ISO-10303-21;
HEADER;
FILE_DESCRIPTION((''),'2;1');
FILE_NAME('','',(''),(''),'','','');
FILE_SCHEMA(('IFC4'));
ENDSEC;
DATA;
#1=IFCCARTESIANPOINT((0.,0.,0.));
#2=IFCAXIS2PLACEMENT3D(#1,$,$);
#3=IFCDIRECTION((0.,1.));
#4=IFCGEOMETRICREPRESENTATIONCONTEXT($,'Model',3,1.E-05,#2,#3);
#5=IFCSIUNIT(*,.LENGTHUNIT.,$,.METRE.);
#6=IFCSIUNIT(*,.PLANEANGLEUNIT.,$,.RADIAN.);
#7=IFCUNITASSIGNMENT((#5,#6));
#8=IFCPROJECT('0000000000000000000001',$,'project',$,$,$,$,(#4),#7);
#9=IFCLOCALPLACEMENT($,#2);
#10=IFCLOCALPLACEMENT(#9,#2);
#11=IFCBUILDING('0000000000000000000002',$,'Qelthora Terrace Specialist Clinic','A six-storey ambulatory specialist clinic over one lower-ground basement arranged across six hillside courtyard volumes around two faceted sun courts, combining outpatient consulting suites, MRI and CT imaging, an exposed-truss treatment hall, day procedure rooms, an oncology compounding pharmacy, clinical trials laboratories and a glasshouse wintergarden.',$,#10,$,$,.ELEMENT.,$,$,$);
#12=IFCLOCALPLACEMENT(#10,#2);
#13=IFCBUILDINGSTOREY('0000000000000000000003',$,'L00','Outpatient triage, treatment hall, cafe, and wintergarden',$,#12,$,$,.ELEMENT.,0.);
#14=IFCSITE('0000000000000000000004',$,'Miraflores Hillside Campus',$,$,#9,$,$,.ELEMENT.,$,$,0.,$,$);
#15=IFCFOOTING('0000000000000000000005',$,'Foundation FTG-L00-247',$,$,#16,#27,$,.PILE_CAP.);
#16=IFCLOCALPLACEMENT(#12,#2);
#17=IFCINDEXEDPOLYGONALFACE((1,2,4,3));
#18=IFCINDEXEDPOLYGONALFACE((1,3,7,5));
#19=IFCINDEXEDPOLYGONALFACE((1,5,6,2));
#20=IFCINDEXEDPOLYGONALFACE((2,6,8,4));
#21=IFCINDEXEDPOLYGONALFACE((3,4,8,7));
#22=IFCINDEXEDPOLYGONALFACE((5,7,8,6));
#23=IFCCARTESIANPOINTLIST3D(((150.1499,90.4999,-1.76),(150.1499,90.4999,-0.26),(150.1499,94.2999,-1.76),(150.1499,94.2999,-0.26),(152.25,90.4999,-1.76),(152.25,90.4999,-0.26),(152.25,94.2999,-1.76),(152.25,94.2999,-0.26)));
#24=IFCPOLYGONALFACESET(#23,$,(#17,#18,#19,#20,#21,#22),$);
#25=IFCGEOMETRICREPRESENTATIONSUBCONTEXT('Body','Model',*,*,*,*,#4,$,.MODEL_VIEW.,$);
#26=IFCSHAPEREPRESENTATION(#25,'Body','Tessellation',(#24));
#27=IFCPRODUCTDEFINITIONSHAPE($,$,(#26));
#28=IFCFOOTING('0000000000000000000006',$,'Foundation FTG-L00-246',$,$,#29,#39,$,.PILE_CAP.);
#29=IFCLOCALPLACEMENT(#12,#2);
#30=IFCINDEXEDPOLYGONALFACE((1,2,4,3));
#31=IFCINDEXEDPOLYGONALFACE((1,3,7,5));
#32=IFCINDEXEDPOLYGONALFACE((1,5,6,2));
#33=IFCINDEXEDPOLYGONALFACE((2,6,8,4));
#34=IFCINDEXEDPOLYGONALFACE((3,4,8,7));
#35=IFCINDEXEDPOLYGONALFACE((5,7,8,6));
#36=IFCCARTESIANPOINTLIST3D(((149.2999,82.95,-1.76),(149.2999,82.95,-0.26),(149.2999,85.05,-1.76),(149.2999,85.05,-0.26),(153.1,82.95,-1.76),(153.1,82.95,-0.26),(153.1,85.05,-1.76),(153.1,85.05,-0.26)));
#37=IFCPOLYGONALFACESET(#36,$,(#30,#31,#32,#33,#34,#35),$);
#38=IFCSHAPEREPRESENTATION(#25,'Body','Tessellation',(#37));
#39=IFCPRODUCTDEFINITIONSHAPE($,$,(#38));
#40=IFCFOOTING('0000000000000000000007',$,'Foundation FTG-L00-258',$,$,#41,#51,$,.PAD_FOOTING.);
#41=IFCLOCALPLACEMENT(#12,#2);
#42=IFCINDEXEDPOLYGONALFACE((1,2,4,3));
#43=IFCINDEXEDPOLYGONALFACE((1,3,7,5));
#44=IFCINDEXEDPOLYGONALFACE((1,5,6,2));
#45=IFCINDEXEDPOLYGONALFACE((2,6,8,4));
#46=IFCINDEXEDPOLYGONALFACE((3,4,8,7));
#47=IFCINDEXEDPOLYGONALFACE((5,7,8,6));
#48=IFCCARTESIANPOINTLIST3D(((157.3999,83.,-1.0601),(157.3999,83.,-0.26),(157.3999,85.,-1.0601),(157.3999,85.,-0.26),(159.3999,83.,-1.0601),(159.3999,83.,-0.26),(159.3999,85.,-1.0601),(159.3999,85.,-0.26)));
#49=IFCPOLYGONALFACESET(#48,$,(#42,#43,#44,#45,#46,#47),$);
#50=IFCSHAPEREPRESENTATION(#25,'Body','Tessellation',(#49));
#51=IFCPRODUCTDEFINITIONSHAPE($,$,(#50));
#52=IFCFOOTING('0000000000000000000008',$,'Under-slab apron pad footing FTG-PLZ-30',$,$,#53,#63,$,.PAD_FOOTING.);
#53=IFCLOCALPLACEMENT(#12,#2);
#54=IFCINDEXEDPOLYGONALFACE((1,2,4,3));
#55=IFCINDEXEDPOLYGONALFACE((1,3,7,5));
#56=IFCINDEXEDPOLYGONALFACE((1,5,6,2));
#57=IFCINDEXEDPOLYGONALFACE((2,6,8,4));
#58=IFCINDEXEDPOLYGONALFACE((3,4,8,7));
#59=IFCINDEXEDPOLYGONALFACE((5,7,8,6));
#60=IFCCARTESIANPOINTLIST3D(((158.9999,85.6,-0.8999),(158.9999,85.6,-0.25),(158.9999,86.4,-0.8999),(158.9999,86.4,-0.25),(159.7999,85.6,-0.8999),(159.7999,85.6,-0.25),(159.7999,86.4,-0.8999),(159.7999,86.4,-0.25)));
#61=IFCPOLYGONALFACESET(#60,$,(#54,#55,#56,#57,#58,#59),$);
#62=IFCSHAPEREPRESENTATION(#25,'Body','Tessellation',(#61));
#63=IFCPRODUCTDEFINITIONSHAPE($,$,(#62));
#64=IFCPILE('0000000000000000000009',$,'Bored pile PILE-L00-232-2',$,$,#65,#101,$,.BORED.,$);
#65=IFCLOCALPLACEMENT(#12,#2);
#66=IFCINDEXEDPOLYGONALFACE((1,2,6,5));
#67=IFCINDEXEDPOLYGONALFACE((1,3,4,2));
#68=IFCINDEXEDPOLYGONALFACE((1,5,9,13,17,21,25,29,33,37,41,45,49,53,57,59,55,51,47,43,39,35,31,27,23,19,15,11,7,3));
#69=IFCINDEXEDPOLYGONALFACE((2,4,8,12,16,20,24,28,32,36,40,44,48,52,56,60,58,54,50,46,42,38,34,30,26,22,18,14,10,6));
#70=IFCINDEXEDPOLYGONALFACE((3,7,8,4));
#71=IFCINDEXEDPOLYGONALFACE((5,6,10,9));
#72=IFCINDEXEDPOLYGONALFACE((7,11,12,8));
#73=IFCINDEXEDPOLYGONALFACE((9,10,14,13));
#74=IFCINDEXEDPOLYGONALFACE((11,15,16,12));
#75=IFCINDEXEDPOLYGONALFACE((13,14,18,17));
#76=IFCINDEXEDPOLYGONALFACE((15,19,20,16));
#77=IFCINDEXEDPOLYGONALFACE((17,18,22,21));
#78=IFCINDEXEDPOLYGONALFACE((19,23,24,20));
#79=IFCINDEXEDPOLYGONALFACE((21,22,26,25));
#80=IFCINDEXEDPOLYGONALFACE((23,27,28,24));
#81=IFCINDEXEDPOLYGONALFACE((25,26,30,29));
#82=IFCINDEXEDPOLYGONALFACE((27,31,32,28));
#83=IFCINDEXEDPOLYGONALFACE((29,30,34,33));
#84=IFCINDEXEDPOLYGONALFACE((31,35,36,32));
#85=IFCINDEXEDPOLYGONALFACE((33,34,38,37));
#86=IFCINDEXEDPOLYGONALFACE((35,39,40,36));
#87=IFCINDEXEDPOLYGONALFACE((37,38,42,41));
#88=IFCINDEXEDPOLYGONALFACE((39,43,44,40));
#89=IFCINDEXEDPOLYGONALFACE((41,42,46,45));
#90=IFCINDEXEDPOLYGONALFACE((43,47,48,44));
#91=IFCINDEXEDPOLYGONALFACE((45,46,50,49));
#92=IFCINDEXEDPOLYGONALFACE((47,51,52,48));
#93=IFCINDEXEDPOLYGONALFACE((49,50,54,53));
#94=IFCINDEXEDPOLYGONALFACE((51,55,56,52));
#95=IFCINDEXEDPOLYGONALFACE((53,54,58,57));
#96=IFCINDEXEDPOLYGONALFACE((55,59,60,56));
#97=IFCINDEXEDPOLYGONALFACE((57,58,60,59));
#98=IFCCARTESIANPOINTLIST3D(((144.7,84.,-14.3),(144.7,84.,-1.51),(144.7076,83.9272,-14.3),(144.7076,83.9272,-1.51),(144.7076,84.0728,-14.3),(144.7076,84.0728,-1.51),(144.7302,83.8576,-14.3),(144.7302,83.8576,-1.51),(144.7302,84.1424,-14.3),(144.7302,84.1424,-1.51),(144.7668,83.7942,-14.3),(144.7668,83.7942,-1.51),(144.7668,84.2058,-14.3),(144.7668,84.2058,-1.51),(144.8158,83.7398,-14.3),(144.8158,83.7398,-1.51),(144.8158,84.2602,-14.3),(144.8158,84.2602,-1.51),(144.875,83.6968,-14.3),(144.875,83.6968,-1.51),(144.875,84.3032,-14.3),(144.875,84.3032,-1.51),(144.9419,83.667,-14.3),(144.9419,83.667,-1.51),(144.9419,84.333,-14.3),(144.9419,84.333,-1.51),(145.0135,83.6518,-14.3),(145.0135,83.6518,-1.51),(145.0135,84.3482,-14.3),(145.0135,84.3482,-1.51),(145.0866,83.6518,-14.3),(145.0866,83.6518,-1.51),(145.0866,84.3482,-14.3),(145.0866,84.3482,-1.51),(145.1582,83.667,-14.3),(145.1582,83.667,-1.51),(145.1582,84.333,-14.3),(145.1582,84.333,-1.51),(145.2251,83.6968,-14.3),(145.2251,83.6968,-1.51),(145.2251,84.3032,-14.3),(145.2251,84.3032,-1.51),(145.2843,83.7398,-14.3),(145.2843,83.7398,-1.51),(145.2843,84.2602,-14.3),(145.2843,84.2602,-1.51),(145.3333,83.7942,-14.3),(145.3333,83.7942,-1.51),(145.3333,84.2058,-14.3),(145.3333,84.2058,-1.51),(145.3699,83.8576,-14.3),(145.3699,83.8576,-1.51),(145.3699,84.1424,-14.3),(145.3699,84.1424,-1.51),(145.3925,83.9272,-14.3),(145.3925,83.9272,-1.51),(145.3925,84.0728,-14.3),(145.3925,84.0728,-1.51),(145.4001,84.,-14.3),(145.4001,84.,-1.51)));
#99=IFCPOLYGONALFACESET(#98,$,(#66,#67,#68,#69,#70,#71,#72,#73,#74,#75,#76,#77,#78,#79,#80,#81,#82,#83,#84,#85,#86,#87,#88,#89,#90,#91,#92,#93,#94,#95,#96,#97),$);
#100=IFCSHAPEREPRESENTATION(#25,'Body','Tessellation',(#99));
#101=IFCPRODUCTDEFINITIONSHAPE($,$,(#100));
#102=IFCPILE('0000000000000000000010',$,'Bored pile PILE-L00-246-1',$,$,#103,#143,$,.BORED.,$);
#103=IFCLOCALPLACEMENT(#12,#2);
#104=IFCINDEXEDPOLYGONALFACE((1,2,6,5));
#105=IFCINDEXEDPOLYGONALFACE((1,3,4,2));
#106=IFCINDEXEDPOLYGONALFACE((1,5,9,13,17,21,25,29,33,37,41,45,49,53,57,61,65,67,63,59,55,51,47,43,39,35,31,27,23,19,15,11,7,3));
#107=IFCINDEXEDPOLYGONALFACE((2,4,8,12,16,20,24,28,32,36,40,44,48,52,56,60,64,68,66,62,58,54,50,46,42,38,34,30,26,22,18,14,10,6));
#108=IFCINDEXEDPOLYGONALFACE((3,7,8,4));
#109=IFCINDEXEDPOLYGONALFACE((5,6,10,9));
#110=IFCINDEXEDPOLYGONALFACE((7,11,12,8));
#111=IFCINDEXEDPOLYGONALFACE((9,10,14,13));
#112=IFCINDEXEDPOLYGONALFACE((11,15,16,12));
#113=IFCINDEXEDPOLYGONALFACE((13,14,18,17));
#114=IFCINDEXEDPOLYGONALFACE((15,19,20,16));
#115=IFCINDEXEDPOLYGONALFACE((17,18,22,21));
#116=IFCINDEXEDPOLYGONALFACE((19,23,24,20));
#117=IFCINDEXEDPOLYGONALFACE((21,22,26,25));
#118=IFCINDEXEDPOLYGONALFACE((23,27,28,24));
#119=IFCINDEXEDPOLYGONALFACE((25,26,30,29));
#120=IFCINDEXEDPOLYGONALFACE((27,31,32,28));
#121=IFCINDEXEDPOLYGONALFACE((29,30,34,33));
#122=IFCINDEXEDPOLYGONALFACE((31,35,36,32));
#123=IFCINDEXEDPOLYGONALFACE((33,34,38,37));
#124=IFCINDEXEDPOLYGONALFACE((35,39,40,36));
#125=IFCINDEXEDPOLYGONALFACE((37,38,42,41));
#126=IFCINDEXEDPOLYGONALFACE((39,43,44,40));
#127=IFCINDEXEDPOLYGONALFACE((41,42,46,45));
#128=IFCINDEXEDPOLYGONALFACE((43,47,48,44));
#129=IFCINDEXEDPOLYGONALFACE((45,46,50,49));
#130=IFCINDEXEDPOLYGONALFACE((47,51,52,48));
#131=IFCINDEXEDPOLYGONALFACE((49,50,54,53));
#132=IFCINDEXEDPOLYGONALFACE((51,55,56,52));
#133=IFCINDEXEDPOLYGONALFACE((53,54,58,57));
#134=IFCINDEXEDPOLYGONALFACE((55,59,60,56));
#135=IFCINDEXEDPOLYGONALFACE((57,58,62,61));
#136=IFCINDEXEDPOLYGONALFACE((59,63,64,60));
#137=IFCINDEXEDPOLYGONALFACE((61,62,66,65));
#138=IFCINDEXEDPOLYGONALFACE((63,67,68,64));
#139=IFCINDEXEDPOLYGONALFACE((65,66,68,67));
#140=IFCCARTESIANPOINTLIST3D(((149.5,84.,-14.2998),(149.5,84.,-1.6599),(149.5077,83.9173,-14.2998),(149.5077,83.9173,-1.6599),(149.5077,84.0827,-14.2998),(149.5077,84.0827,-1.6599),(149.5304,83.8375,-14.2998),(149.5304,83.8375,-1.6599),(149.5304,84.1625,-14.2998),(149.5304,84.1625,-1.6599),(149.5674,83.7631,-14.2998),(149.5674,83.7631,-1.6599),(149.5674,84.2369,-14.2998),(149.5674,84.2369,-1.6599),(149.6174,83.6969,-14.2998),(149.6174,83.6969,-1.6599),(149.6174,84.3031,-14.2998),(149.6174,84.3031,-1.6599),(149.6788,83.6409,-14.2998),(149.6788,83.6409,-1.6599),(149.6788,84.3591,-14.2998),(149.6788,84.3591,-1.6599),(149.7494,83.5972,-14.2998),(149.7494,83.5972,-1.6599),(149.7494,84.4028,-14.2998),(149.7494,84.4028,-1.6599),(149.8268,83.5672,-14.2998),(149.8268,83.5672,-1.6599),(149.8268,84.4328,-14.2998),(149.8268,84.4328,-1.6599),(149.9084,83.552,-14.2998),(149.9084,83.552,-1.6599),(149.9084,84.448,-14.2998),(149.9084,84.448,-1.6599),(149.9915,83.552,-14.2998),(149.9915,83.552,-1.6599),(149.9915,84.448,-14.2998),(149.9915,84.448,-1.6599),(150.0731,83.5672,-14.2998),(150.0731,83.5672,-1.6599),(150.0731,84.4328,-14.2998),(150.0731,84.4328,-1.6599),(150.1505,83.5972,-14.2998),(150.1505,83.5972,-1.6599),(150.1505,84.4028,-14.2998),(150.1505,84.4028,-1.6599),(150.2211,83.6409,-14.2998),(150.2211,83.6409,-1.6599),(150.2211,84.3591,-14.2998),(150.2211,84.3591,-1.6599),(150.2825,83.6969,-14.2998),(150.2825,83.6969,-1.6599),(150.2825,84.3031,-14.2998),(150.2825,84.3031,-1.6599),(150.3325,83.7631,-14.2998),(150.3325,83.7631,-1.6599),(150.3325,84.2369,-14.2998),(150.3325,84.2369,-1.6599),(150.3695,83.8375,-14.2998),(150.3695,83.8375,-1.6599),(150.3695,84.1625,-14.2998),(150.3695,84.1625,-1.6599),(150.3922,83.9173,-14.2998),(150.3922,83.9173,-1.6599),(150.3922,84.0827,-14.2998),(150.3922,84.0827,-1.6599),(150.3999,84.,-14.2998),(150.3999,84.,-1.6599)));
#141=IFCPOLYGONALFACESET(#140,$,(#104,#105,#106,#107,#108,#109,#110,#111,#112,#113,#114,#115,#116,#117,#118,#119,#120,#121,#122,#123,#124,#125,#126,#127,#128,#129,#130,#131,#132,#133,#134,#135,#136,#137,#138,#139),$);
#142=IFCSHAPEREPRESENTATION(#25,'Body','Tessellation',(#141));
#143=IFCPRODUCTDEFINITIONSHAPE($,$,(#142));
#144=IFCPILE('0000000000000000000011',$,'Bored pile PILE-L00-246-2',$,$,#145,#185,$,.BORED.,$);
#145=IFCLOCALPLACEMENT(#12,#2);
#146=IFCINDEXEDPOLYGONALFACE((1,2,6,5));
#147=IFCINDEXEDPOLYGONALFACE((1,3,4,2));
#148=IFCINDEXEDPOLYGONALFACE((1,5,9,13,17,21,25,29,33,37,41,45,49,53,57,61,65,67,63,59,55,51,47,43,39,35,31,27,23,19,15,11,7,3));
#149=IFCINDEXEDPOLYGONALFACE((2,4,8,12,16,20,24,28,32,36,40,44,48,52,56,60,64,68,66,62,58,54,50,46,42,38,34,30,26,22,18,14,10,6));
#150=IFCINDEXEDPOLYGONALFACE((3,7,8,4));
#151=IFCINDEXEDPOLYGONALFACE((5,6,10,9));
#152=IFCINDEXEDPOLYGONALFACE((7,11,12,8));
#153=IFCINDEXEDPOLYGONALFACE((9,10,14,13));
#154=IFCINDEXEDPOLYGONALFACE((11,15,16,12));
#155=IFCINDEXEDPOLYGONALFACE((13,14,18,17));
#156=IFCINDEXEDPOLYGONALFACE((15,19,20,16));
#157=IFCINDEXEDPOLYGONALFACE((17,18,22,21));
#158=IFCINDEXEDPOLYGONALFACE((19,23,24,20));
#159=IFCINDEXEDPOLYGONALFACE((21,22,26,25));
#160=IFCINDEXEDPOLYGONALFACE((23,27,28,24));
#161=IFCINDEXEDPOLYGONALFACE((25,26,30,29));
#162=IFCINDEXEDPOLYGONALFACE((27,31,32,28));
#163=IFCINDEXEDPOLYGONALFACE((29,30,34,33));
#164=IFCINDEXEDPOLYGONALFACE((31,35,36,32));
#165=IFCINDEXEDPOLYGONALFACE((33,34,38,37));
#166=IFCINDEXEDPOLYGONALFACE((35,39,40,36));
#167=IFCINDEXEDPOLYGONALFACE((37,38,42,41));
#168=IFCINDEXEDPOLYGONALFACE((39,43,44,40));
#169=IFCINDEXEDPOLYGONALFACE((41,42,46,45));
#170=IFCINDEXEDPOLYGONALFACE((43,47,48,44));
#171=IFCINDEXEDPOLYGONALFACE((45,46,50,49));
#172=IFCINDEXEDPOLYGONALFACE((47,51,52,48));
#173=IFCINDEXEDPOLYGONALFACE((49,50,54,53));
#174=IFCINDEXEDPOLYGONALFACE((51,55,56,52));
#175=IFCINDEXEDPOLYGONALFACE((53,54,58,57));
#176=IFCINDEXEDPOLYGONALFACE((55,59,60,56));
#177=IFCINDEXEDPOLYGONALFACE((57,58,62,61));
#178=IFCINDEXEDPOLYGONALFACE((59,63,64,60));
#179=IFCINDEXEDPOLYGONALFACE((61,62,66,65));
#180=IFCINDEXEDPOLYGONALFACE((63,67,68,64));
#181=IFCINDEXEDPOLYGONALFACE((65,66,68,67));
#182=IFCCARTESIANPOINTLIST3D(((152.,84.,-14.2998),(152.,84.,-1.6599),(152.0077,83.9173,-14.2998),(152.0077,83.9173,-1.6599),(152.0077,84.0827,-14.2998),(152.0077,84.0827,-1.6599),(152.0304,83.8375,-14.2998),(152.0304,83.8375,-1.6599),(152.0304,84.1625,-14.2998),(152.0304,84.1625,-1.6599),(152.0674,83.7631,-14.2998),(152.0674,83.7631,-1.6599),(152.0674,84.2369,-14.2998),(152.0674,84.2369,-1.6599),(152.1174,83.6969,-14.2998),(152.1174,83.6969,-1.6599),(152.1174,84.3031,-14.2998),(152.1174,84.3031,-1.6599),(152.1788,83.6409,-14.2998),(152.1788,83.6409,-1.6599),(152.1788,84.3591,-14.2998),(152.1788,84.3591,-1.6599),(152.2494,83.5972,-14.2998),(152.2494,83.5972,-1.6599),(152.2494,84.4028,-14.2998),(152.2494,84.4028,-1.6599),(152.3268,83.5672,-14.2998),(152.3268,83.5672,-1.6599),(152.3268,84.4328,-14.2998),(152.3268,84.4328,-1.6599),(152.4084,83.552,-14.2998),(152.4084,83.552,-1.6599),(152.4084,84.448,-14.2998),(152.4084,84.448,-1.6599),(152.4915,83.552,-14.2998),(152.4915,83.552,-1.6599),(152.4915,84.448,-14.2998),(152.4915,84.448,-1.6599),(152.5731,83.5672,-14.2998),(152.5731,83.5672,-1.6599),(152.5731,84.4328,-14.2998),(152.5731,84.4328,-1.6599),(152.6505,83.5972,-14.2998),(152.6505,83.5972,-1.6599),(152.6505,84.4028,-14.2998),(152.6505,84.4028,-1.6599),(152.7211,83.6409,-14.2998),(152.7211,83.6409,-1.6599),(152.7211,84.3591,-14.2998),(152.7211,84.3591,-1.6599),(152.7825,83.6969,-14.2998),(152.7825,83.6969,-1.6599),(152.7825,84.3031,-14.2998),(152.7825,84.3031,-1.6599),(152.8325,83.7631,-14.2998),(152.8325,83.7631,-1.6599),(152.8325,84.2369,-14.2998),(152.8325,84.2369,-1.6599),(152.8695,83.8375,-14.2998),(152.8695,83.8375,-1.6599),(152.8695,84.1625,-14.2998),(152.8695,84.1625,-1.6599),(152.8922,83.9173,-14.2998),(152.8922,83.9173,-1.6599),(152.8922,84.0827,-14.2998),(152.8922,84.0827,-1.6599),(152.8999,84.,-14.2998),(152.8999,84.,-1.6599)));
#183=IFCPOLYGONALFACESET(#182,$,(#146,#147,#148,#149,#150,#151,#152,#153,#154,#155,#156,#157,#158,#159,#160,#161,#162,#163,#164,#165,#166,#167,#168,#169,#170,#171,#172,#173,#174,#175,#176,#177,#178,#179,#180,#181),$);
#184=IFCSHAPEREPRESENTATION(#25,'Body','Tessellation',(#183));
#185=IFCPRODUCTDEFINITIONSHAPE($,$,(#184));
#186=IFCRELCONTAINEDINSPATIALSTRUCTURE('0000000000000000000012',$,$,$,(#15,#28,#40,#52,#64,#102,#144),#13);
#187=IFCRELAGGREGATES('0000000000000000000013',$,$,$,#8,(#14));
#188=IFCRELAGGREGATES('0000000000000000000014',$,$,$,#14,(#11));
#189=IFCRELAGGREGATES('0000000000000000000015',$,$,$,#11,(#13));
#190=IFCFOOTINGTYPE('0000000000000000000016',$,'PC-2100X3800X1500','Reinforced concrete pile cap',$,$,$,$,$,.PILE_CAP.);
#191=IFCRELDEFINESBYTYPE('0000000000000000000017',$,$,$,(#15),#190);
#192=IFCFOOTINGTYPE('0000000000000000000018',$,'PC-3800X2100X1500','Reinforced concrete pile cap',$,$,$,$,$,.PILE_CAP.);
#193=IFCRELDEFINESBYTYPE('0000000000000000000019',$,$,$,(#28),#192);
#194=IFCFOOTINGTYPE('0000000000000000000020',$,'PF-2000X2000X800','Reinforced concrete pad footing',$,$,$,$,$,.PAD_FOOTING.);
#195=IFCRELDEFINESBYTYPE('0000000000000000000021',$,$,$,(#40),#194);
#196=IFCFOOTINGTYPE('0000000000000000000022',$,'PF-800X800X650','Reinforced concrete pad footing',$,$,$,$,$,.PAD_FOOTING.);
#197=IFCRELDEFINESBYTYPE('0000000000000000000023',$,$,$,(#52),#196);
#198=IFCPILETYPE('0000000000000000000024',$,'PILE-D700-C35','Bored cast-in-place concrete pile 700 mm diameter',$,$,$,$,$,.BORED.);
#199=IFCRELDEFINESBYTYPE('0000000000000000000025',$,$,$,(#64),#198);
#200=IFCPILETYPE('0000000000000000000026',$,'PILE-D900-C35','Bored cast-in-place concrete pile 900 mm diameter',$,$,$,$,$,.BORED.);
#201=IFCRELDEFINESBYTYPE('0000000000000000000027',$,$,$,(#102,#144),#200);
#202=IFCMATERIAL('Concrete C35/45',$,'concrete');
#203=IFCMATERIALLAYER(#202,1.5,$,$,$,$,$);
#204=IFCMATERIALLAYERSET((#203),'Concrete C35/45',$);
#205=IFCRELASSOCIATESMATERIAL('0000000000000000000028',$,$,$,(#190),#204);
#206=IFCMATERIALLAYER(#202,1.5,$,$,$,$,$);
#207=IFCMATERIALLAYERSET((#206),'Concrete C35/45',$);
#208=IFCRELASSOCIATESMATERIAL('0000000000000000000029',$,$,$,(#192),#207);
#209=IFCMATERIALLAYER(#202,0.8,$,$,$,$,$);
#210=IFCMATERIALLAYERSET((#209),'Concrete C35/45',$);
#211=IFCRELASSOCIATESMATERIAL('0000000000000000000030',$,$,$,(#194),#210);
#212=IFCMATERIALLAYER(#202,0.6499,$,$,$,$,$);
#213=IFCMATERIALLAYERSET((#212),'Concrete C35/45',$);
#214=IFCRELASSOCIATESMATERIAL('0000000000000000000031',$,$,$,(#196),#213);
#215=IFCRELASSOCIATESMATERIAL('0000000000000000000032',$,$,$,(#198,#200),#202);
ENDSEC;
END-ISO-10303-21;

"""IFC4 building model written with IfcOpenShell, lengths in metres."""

from ifc_helpers import new_model, si_unit, direction, frame, origin, origin_2d, place, context, subcontext, project, spatial, rectangle, circle, extrude, material, layer, layer_set, material_profile, profile_set, type_object, element, save


model = new_model("IFC4")

# Units and contexts
model_context = context("Model", 3, precision=1e-05, world=origin(), true_north=direction((0.0, 1.0)))
body_context = subcontext(model_context, "Body", "Model", "MODEL_VIEW")
ifc_project = project(units=[si_unit("LENGTHUNIT", "METRE"), si_unit("PLANEANGLEUNIT", "RADIAN")], contexts=[model_context])

# Site, building, storey
site_placement = place(None, origin())
site = spatial("IfcSite", under=ifc_project, at=site_placement, Name="Miraflores Hillside Campus", CompositionType="ELEMENT", RefElevation=0.0)
building_placement = place(site_placement, origin())
building = spatial("IfcBuilding", under=site, at=building_placement, Name="Qelthora Terrace Specialist Clinic", Description="A six-storey ambulatory specialist clinic over one lower-ground basement arranged across six hillside courtyard volumes around two faceted sun courts, combining outpatient consulting suites, MRI and CT imaging, an exposed-truss treatment hall, day procedure rooms, an oncology compounding pharmacy, clinical trials laboratories and a glasshouse wintergarden.", CompositionType="ELEMENT")
storey_placement = place(building_placement, origin())
storey = spatial("IfcBuildingStorey", under=building, at=storey_placement, Name="L00", Description="Outpatient triage, treatment hall, cafe, and wintergarden", CompositionType="ELEMENT", Elevation=0.0)

# Footings
ifc_material_1 = material(Name="Concrete C35/45", Category="concrete")
ifc_layer_1 = layer(ifc_material_1, 1.5)
ifc_layer_set_1 = layer_set([ifc_layer_1], Name="Concrete C35/45")
footing_type_1 = type_object("IfcFootingType", Name="PC-2100X3800X1500", Description="Reinforced concrete pile cap", PredefinedType="PILE_CAP", material=ifc_layer_set_1)
footing_1_placement = place(storey_placement, frame((151.2, 92.3999, -1.76), z_axis=(0.0, 0.0, 1.0), x_axis=(1.0, 0.0, 0.0)))
element("IfcFooting", 1, at=footing_1_placement, inside=storey, type_object=footing_type_1, Name="Foundation FTG-L00-247", PredefinedType="PILE_CAP", context=body_context, shape_type="SweptSolid", body=[
    extrude(rectangle(XDim=2.1001, YDim=3.8, at=origin_2d()), origin(), (0.0, 0.0, 1.0), 1.5),
])
ifc_layer_2 = layer(ifc_material_1, 1.5)
ifc_layer_set_2 = layer_set([ifc_layer_2], Name="Concrete C35/45")
footing_type_2 = type_object("IfcFootingType", Name="PC-3800X2100X1500", Description="Reinforced concrete pile cap", PredefinedType="PILE_CAP", material=ifc_layer_set_2)
footing_2_placement = place(storey_placement, frame((151.2, 84.0, -1.76), z_axis=(0.0, 0.0, 1.0), x_axis=(1.0, 0.0, 0.0)))
element("IfcFooting", 2, at=footing_2_placement, inside=storey, type_object=footing_type_2, Name="Foundation FTG-L00-246", PredefinedType="PILE_CAP", context=body_context, shape_type="SweptSolid", body=[
    extrude(rectangle(XDim=3.8, YDim=2.1001, at=origin_2d()), origin(), (0.0, 0.0, 1.0), 1.5),
])
ifc_layer_3 = layer(ifc_material_1, 0.8)
ifc_layer_set_3 = layer_set([ifc_layer_3], Name="Concrete C35/45")
footing_type_3 = type_object("IfcFootingType", Name="PF-2000X2000X800", Description="Reinforced concrete pad footing", PredefinedType="PAD_FOOTING", material=ifc_layer_set_3)
footing_3_placement = place(storey_placement, frame((158.3999, 84.0, -1.0601), z_axis=(0.0, 0.0, 1.0), x_axis=(1.0, 0.0, 0.0)))
element("IfcFooting", 3, at=footing_3_placement, inside=storey, type_object=footing_type_3, Name="Foundation FTG-L00-258", PredefinedType="PAD_FOOTING", context=body_context, shape_type="SweptSolid", body=[
    extrude(rectangle(XDim=2.0, YDim=2.0, at=origin_2d()), origin(), (0.0, 0.0, 1.0), 0.8),
])
ifc_layer_4 = layer(ifc_material_1, 0.6499)
ifc_layer_set_4 = layer_set([ifc_layer_4], Name="Concrete C35/45")
footing_type_4 = type_object("IfcFootingType", Name="PF-800X800X650", Description="Reinforced concrete pad footing", PredefinedType="PAD_FOOTING", material=ifc_layer_set_4)
footing_4_placement = place(storey_placement, frame((159.3999, 86.0, -0.8999), z_axis=(0.0, 0.0, 1.0), x_axis=(1.0, 0.0, 0.0)))
element("IfcFooting", 4, at=footing_4_placement, inside=storey, type_object=footing_type_4, Name="Under-slab apron pad footing FTG-PLZ-30", PredefinedType="PAD_FOOTING", context=body_context, shape_type="SweptSolid", body=[
    extrude(rectangle(XDim=0.8, YDim=0.8, at=origin_2d()), origin(), (0.0, 0.0, 1.0), 0.6499),
])

# Piles
ifc_material_profile_1 = material_profile(ifc_material_1, circle(Radius=0.3501, at=origin_2d()), Name="PILE700")
ifc_profile_set_1 = profile_set([ifc_material_profile_1], Name="Concrete C35/45")
pile_type_1 = type_object("IfcPileType", Name="PILE-D700-C35", Description="Bored cast-in-place concrete pile 700 mm diameter", PredefinedType="BORED", material=ifc_profile_set_1)
pile_placement = place(storey_placement, frame((145.05, 84.0, -1.51), z_axis=(0.0, 0.0, -1.0), x_axis=(1.0, 0.0, 0.0)))
element("IfcPile", 5, at=pile_placement, inside=storey, type_object=pile_type_1, Name="Bored pile PILE-L00-232-2", PredefinedType="BORED", context=body_context, shape_type="SweptSolid", body=[
    extrude(circle(Radius=0.3501, at=origin_2d()), origin(), (0.0, 0.0, 1.0), 12.79),
])
ifc_material_profile_2 = material_profile(ifc_material_1, circle(Radius=0.45, at=origin_2d()), Name="PILE900")
ifc_profile_set_2 = profile_set([ifc_material_profile_2], Name="Concrete C35/45")
pile_type_2 = type_object("IfcPileType", Name="PILE-D900-C35", Description="Bored cast-in-place concrete pile 900 mm diameter", PredefinedType="BORED", material=ifc_profile_set_2)
for number, where, z_axis, x_axis, name in (
    (6, (149.95, 84.0, -1.6599), (0.0, 0.0, -1.0), (1.0, 0.0, 0.0), "Bored pile PILE-L00-246-1"),
    (7, (152.45, 84.0, -1.6599), (0.0, 0.0, -1.0), (1.0, 0.0, 0.0), "Bored pile PILE-L00-246-2"),
):
    element("IfcPile", number, at=place(storey_placement, frame(where, z_axis=z_axis, x_axis=x_axis)), inside=storey, type_object=pile_type_2, Name=name, PredefinedType="BORED", context=body_context, shape_type="SweptSolid", body=[
        extrude(circle(Radius=0.45, at=origin_2d()), origin(), (0.0, 0.0, 1.0), 12.6399),
    ])

save(model, "model.ifc")
